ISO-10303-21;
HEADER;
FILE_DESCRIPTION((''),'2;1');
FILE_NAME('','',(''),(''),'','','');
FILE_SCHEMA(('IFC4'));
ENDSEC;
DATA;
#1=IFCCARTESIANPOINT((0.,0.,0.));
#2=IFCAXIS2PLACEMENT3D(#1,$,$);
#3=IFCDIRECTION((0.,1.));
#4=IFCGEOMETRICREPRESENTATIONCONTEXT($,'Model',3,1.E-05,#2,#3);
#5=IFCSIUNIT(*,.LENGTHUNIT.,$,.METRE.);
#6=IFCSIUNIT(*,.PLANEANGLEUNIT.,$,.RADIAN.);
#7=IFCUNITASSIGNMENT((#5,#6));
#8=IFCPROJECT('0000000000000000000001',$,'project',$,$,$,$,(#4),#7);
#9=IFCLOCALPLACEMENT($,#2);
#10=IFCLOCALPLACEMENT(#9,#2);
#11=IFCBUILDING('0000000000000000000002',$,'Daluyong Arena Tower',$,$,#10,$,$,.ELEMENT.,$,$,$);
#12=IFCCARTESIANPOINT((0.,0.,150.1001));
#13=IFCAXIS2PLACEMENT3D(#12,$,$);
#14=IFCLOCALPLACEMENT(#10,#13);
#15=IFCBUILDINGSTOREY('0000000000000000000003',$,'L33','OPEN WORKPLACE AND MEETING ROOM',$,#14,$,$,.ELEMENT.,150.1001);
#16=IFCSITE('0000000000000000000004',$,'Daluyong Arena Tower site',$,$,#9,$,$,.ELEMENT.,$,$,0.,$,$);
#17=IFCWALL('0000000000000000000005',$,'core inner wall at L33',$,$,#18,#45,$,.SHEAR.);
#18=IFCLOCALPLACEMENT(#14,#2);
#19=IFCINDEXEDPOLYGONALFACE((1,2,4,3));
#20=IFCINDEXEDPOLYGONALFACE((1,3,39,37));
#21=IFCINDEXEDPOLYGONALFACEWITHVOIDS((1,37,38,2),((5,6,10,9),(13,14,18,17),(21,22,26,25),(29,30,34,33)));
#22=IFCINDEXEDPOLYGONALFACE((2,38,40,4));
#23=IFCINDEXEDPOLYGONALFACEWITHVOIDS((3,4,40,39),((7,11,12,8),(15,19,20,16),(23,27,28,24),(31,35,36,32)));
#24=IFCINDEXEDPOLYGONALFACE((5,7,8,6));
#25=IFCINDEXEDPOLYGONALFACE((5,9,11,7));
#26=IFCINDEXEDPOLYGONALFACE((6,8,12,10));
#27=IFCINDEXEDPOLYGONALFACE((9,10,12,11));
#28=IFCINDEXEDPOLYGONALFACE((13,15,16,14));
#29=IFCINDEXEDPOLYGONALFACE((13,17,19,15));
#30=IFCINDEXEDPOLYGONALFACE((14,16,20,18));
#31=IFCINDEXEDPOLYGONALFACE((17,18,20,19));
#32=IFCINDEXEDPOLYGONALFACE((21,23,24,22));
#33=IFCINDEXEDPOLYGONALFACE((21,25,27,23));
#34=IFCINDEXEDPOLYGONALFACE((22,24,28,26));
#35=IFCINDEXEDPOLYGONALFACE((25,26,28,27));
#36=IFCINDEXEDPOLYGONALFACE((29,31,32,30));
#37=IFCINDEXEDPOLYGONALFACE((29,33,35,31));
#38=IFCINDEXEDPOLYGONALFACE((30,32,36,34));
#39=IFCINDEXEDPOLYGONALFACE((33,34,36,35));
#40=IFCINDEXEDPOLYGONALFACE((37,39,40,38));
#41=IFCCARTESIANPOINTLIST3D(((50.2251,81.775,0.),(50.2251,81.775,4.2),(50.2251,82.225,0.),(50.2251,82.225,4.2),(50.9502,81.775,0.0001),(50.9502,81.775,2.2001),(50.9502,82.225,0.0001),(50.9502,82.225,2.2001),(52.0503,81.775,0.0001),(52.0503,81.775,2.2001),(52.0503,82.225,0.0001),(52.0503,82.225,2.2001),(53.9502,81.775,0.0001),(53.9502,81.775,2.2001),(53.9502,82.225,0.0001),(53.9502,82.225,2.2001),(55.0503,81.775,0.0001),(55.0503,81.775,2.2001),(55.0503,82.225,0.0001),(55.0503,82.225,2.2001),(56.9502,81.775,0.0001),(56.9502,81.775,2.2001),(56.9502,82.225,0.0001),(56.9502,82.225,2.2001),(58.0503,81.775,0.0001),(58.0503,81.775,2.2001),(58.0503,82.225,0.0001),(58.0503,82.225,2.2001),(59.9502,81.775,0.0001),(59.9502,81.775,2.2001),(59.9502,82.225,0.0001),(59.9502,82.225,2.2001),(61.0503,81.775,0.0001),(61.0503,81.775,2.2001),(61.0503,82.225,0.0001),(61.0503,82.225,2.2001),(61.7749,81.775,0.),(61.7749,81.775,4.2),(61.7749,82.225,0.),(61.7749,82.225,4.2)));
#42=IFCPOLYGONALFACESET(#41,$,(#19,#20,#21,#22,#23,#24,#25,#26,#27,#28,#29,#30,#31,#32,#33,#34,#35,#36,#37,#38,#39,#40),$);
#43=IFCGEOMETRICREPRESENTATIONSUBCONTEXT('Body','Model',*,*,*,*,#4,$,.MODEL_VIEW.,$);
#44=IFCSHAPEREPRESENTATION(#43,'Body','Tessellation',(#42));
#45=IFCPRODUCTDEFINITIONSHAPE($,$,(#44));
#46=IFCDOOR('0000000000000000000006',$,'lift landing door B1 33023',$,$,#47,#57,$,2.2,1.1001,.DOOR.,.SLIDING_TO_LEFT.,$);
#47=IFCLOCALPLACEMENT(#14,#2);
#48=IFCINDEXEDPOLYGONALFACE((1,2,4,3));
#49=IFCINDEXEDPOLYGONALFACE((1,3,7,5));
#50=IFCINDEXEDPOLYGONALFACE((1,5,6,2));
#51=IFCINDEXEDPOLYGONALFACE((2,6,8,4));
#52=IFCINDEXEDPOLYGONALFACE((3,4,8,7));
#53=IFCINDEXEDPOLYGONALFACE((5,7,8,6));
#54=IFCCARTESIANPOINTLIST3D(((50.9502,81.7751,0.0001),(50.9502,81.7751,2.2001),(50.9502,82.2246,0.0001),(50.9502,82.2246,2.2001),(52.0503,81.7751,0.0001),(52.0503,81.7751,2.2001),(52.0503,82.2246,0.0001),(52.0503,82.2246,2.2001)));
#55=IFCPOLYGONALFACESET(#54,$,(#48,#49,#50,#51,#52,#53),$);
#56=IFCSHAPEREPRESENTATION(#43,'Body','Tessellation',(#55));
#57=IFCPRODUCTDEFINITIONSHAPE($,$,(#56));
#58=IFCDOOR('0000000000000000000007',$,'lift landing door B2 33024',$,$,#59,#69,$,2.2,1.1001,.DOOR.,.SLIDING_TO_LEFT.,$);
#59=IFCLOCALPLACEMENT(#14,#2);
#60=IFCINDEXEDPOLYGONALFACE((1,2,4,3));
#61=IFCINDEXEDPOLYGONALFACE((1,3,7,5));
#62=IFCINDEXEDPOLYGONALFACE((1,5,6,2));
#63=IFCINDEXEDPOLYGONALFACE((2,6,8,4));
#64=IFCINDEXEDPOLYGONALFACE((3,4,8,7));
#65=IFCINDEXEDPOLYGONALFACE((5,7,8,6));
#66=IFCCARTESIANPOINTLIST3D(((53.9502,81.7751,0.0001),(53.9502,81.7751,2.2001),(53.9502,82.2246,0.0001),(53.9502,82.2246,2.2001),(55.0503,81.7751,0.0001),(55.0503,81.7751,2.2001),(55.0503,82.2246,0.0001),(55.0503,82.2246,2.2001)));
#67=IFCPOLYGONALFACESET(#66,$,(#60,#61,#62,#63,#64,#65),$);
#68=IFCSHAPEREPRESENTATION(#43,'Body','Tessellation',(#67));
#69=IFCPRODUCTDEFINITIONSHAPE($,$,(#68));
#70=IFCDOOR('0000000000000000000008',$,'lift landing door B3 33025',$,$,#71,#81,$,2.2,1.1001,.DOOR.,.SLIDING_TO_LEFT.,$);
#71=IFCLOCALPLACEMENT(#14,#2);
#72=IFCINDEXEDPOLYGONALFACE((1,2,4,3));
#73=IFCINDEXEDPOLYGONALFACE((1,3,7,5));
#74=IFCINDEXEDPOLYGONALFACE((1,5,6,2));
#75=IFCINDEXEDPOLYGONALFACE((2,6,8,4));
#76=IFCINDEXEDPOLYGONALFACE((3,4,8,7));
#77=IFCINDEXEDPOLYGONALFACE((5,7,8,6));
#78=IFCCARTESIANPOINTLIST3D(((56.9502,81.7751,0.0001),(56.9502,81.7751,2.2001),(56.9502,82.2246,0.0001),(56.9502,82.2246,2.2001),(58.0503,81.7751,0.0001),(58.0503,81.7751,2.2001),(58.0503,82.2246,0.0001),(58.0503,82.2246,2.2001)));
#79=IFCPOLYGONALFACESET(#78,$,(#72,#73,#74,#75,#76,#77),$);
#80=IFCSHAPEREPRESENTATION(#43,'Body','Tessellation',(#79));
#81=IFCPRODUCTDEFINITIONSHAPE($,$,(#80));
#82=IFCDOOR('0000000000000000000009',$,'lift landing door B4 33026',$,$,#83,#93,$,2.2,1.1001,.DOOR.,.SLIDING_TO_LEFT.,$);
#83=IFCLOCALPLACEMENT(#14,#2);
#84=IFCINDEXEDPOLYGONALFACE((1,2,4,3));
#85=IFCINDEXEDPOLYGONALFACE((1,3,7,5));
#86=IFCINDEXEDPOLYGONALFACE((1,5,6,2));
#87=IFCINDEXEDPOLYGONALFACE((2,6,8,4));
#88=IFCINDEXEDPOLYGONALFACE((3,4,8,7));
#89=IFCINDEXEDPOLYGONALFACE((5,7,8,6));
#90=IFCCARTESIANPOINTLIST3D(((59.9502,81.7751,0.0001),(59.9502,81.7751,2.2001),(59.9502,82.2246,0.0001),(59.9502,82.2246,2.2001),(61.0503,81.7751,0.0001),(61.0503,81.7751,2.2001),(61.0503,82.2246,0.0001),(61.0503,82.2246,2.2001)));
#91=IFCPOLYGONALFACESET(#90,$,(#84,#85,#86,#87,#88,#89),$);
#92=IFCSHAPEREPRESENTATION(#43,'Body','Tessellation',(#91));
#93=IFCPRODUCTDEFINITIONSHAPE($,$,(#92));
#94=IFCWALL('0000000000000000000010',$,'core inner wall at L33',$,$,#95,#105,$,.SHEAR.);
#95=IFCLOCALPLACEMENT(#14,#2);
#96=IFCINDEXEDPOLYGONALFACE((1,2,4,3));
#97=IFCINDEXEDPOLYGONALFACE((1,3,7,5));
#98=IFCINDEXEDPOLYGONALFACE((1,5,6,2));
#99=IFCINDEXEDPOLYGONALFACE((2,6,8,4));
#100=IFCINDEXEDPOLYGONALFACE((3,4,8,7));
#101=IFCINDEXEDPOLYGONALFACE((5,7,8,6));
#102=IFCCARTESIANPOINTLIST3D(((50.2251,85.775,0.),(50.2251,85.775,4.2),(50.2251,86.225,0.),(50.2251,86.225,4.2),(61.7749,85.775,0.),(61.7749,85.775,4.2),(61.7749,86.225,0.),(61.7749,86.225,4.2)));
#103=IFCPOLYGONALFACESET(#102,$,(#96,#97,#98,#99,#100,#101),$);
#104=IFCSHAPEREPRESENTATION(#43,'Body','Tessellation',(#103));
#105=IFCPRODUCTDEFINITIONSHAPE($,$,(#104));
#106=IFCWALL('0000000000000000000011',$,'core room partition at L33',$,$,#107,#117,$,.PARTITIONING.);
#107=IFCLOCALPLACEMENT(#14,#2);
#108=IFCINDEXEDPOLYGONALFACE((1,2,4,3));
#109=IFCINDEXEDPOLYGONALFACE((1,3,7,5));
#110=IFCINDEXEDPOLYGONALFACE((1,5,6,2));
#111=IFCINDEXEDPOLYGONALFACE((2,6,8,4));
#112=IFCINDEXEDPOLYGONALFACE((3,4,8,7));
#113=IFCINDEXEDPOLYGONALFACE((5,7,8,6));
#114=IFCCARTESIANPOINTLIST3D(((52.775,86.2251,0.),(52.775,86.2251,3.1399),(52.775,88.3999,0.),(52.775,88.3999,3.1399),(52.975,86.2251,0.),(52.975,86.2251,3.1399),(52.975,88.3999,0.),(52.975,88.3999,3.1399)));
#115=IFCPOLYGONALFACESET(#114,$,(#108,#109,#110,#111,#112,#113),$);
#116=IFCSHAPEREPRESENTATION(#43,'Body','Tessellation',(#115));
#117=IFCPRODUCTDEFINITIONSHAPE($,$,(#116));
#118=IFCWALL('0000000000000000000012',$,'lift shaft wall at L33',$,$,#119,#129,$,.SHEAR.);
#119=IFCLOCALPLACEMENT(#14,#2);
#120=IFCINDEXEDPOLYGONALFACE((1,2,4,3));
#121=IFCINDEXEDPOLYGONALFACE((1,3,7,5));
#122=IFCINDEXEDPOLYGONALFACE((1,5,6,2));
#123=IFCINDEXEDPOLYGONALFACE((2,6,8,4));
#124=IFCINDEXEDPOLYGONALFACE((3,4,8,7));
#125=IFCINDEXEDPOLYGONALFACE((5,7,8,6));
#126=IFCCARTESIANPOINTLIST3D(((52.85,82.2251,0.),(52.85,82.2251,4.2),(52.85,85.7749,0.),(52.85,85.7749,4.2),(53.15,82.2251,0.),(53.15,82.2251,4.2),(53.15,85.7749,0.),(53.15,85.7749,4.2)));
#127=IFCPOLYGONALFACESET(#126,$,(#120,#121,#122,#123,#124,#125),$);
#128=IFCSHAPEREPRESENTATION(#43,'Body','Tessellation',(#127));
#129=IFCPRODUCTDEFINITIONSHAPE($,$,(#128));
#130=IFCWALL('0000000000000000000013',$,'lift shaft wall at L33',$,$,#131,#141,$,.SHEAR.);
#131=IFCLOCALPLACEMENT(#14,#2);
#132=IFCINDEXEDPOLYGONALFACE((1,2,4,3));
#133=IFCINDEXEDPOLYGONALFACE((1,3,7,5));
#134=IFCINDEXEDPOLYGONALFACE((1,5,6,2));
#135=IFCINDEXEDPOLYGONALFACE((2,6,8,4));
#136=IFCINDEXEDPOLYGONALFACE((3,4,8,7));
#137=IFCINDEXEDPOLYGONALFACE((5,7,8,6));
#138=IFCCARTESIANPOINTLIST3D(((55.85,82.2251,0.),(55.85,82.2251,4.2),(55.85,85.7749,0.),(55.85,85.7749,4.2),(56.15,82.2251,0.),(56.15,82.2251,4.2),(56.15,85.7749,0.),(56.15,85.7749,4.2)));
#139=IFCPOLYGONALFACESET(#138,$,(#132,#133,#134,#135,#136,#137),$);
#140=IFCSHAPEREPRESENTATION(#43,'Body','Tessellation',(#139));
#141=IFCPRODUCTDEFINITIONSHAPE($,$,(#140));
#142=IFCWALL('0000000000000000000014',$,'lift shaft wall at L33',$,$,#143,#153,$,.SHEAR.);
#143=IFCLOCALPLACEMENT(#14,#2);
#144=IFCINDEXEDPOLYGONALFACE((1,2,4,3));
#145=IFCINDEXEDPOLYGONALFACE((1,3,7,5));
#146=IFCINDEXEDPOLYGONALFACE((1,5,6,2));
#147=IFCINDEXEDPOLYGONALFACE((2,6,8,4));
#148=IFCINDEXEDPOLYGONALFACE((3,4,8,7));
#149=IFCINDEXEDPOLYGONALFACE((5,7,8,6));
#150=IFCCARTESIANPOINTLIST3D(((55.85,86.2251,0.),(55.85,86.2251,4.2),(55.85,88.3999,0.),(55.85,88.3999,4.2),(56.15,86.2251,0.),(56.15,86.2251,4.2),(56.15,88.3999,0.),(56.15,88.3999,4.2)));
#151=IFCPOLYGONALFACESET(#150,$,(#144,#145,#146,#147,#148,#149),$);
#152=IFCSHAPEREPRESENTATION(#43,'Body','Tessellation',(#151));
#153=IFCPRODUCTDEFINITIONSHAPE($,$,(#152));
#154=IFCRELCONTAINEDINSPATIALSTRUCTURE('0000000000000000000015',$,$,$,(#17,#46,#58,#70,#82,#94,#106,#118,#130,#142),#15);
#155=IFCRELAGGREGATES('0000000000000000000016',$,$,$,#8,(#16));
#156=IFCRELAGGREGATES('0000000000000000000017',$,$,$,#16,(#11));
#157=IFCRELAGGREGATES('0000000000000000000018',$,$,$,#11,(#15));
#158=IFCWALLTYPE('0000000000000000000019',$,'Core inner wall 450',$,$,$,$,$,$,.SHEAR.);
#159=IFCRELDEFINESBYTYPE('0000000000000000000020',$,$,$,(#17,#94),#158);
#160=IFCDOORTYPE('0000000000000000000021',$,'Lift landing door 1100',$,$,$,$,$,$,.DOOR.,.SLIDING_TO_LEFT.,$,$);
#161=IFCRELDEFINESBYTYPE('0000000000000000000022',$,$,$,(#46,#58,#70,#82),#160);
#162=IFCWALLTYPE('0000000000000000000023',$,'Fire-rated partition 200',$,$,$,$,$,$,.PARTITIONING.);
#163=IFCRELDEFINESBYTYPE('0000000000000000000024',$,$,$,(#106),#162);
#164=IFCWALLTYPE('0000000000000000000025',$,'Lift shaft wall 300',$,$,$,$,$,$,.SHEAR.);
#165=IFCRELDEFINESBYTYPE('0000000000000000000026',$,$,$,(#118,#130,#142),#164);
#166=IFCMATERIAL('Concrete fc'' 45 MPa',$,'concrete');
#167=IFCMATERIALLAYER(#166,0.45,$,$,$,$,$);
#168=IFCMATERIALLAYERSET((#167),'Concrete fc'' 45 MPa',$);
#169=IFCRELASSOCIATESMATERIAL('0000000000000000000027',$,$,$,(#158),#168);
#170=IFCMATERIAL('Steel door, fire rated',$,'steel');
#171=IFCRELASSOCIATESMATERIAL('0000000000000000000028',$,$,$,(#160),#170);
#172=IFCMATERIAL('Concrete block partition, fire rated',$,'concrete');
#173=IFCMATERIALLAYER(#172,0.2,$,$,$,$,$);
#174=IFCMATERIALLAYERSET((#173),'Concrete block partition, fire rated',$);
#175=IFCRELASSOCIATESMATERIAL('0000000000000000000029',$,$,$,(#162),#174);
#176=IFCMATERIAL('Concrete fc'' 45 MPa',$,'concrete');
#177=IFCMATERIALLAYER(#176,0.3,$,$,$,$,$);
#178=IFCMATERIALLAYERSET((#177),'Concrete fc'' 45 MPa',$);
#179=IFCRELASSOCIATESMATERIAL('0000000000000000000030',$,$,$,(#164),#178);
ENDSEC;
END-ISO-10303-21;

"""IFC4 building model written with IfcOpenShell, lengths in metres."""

from ifc_helpers import new_model, si_unit, direction, frame, frame_2d, origin, place, context, subcontext, project, spatial, rectangle, extrude, material, layer, layer_set, type_object, element, fill, save


model = new_model("IFC4")

# Units and contexts
model_context = context("Model", 3, precision=1e-05, world=origin(), true_north=direction((0.0, 1.0)))
body_context = subcontext(model_context, "Body", "Model", "MODEL_VIEW")
ifc_project = project(units=[si_unit("LENGTHUNIT", "METRE"), si_unit("PLANEANGLEUNIT", "RADIAN")], contexts=[model_context])

# Site, building, storey
site_placement = place(None, origin())
site = spatial("IfcSite", under=ifc_project, at=site_placement, Name="Daluyong Arena Tower site", CompositionType="ELEMENT", RefElevation=0.0)
building_placement = place(site_placement, origin())
building = spatial("IfcBuilding", under=site, at=building_placement, Name="Daluyong Arena Tower", CompositionType="ELEMENT")
storey_placement = place(building_placement, frame((0.0, 0.0, 150.1001)))
storey = spatial("IfcBuildingStorey", under=building, at=storey_placement, Name="L33", Description="OPEN WORKPLACE AND MEETING ROOM", CompositionType="ELEMENT", Elevation=150.1001)

# Wall, openings, doors
ifc_material_1 = material(Name="Concrete fc' 45 MPa", Category="concrete")
ifc_layer_1 = layer(ifc_material_1, 0.45)
ifc_layer_set_1 = layer_set([ifc_layer_1], Name="Concrete fc' 45 MPa")
wall_type_1 = type_object("IfcWallType", Name="Core inner wall 450", PredefinedType="SHEAR", material=ifc_layer_set_1)
wall_1_placement = place(storey_placement, frame((50.2251, 82.0, 0.0), z_axis=(0.0, 0.0, 1.0), x_axis=(1.0, 0.0, 0.0)))
wall_1 = element("IfcWall", 1, at=wall_1_placement, inside=storey, type_object=wall_type_1, Name="core inner wall at L33", PredefinedType="SHEAR", context=body_context, shape_type="SweptSolid", body=[
    extrude(rectangle(XDim=11.5498, YDim=0.45, at=frame_2d((5.7749, 0.0))), origin(), (0.0, 0.0, 1.0), 4.2),
])
opening_1_placement = place(wall_1_placement, frame((0.7251, 0.0, 0.0)))
opening_1 = element("IfcOpeningElement", 2, at=opening_1_placement, cuts=wall_1, PredefinedType="OPENING", context=body_context, shape_type="SweptSolid", body=[
    extrude(rectangle(XDim=1.1001, YDim=2.2, at=frame_2d((0.55, 1.1001))), frame((0.0, 0.2349, 0.0), z_axis=(0.0, -1.0, 0.0), x_axis=(1.0, 0.0, 0.0)), (0.0, 0.0, 1.0), 0.47),
])
opening_2_placement = place(wall_1_placement, frame((3.7251, 0.0, 0.0)))
opening_2 = element("IfcOpeningElement", 3, at=opening_2_placement, cuts=wall_1, PredefinedType="OPENING", context=body_context, shape_type="SweptSolid", body=[
    extrude(rectangle(XDim=1.1001, YDim=2.2, at=frame_2d((0.55, 1.1001))), frame((0.0, 0.2349, 0.0), z_axis=(0.0, -1.0, 0.0), x_axis=(1.0, 0.0, 0.0)), (0.0, 0.0, 1.0), 0.47),
])
opening_3_placement = place(wall_1_placement, frame((6.7251, 0.0, 0.0)))
opening_3 = element("IfcOpeningElement", 4, at=opening_3_placement, cuts=wall_1, PredefinedType="OPENING", context=body_context, shape_type="SweptSolid", body=[
    extrude(rectangle(XDim=1.1001, YDim=2.2, at=frame_2d((0.55, 1.1001))), frame((0.0, 0.2349, 0.0), z_axis=(0.0, -1.0, 0.0), x_axis=(1.0, 0.0, 0.0)), (0.0, 0.0, 1.0), 0.47),
])
opening_4_placement = place(wall_1_placement, frame((9.7251, 0.0, 0.0)))
opening_4 = element("IfcOpeningElement", 5, at=opening_4_placement, cuts=wall_1, PredefinedType="OPENING", context=body_context, shape_type="SweptSolid", body=[
    extrude(rectangle(XDim=1.1001, YDim=2.2, at=frame_2d((0.55, 1.1001))), frame((0.0, 0.2349, 0.0), z_axis=(0.0, -1.0, 0.0), x_axis=(1.0, 0.0, 0.0)), (0.0, 0.0, 1.0), 0.47),
])
ifc_material_2 = material(Name="Steel door, fire rated", Category="steel")
door_type_1 = type_object("IfcDoorType", Name="Lift landing door 1100", OperationType="SLIDING_TO_LEFT", PredefinedType="DOOR", material=ifc_material_2)
door_1_placement = place(opening_1_placement, origin())
door_1 = element("IfcDoor", 6, at=door_1_placement, inside=storey, type_object=door_type_1, Name="lift landing door B1 33023", OperationType="SLIDING_TO_LEFT", OverallHeight=2.2, OverallWidth=1.1001, PredefinedType="DOOR", context=body_context, shape_type="SweptSolid", body=[
    extrude(rectangle(XDim=1.1001, YDim=2.2, at=frame_2d((0.55, 1.1001))), frame((0.0, 0.2246, 0.0), z_axis=(0.0, -1.0, 0.0), x_axis=(1.0, 0.0, 0.0)), (0.0, 0.0, 1.0), 0.4495),
])
fill(opening_1, door_1)
door_2_placement = place(opening_2_placement, origin())
door_2 = element("IfcDoor", 7, at=door_2_placement, inside=storey, type_object=door_type_1, Name="lift landing door B2 33024", OperationType="SLIDING_TO_LEFT", OverallHeight=2.2, OverallWidth=1.1001, PredefinedType="DOOR", context=body_context, shape_type="SweptSolid", body=[
    extrude(rectangle(XDim=1.1001, YDim=2.2, at=frame_2d((0.55, 1.1001))), frame((0.0, 0.2246, 0.0), z_axis=(0.0, -1.0, 0.0), x_axis=(1.0, 0.0, 0.0)), (0.0, 0.0, 1.0), 0.4495),
])
fill(opening_2, door_2)
door_3_placement = place(opening_3_placement, origin())
door_3 = element("IfcDoor", 8, at=door_3_placement, inside=storey, type_object=door_type_1, Name="lift landing door B3 33025", OperationType="SLIDING_TO_LEFT", OverallHeight=2.2, OverallWidth=1.1001, PredefinedType="DOOR", context=body_context, shape_type="SweptSolid", body=[
    extrude(rectangle(XDim=1.1001, YDim=2.2, at=frame_2d((0.55, 1.1001))), frame((0.0, 0.2246, 0.0), z_axis=(0.0, -1.0, 0.0), x_axis=(1.0, 0.0, 0.0)), (0.0, 0.0, 1.0), 0.4495),
])
fill(opening_3, door_3)
door_4_placement = place(opening_4_placement, origin())
door_4 = element("IfcDoor", 9, at=door_4_placement, inside=storey, type_object=door_type_1, Name="lift landing door B4 33026", OperationType="SLIDING_TO_LEFT", OverallHeight=2.2, OverallWidth=1.1001, PredefinedType="DOOR", context=body_context, shape_type="SweptSolid", body=[
    extrude(rectangle(XDim=1.1001, YDim=2.2, at=frame_2d((0.55, 1.1001))), frame((0.0, 0.2246, 0.0), z_axis=(0.0, -1.0, 0.0), x_axis=(1.0, 0.0, 0.0)), (0.0, 0.0, 1.0), 0.4495),
])
fill(opening_4, door_4)

# Walls
wall_2_placement = place(storey_placement, frame((50.2251, 86.0, 0.0), z_axis=(0.0, 0.0, 1.0), x_axis=(1.0, 0.0, 0.0)))
element("IfcWall", 10, at=wall_2_placement, inside=storey, type_object=wall_type_1, Name="core inner wall at L33", PredefinedType="SHEAR", context=body_context, shape_type="SweptSolid", body=[
    extrude(rectangle(XDim=11.5498, YDim=0.45, at=frame_2d((5.7749, 0.0))), origin(), (0.0, 0.0, 1.0), 4.2),
])
ifc_material_3 = material(Name="Concrete block partition, fire rated", Category="concrete")
ifc_layer_2 = layer(ifc_material_3, 0.2)
ifc_layer_set_2 = layer_set([ifc_layer_2], Name="Concrete block partition, fire rated")
wall_type_2 = type_object("IfcWallType", Name="Fire-rated partition 200", PredefinedType="PARTITIONING", material=ifc_layer_set_2)
wall_3_placement = place(storey_placement, frame((52.875, 86.2251, 0.0), z_axis=(0.0, 0.0, 1.0), x_axis=(0.0, 1.0, 0.0)))
element("IfcWall", 11, at=wall_3_placement, inside=storey, type_object=wall_type_2, Name="core room partition at L33", PredefinedType="PARTITIONING", context=body_context, shape_type="SweptSolid", body=[
    extrude(rectangle(XDim=2.1748, YDim=0.2, at=frame_2d((1.0874, 0.0))), origin(), (0.0, 0.0, 1.0), 3.1399),
])
ifc_material_4 = material(Name="Concrete fc' 45 MPa", Category="concrete")
ifc_layer_3 = layer(ifc_material_4, 0.3)
ifc_layer_set_3 = layer_set([ifc_layer_3], Name="Concrete fc' 45 MPa")
wall_type_3 = type_object("IfcWallType", Name="Lift shaft wall 300", PredefinedType="SHEAR", material=ifc_layer_set_3)
for number, where, z_axis, x_axis, name in (
    (12, (53.0, 82.2251, 0.0), (0.0, 0.0, 1.0), (0.0, 1.0, 0.0), "lift shaft wall at L33"),
    (13, (56.0, 82.2251, 0.0), (0.0, 0.0, 1.0), (0.0, 1.0, 0.0), "lift shaft wall at L33"),
):
    element("IfcWall", number, at=place(storey_placement, frame(where, z_axis=z_axis, x_axis=x_axis)), inside=storey, type_object=wall_type_3, Name=name, PredefinedType="SHEAR", context=body_context, shape_type="SweptSolid", body=[
        extrude(rectangle(XDim=3.5498, YDim=0.3, at=frame_2d((1.7749, 0.0))), origin(), (0.0, 0.0, 1.0), 4.2),
    ])
wall_4_placement = place(storey_placement, frame((56.0, 86.2251, 0.0), z_axis=(0.0, 0.0, 1.0), x_axis=(0.0, 1.0, 0.0)))
element("IfcWall", 14, at=wall_4_placement, inside=storey, type_object=wall_type_3, Name="lift shaft wall at L33", PredefinedType="SHEAR", context=body_context, shape_type="SweptSolid", body=[
    extrude(rectangle(XDim=2.1748, YDim=0.3, at=frame_2d((1.0874, 0.0))), origin(), (0.0, 0.0, 1.0), 4.2),
])

save(model, "model.ifc")
